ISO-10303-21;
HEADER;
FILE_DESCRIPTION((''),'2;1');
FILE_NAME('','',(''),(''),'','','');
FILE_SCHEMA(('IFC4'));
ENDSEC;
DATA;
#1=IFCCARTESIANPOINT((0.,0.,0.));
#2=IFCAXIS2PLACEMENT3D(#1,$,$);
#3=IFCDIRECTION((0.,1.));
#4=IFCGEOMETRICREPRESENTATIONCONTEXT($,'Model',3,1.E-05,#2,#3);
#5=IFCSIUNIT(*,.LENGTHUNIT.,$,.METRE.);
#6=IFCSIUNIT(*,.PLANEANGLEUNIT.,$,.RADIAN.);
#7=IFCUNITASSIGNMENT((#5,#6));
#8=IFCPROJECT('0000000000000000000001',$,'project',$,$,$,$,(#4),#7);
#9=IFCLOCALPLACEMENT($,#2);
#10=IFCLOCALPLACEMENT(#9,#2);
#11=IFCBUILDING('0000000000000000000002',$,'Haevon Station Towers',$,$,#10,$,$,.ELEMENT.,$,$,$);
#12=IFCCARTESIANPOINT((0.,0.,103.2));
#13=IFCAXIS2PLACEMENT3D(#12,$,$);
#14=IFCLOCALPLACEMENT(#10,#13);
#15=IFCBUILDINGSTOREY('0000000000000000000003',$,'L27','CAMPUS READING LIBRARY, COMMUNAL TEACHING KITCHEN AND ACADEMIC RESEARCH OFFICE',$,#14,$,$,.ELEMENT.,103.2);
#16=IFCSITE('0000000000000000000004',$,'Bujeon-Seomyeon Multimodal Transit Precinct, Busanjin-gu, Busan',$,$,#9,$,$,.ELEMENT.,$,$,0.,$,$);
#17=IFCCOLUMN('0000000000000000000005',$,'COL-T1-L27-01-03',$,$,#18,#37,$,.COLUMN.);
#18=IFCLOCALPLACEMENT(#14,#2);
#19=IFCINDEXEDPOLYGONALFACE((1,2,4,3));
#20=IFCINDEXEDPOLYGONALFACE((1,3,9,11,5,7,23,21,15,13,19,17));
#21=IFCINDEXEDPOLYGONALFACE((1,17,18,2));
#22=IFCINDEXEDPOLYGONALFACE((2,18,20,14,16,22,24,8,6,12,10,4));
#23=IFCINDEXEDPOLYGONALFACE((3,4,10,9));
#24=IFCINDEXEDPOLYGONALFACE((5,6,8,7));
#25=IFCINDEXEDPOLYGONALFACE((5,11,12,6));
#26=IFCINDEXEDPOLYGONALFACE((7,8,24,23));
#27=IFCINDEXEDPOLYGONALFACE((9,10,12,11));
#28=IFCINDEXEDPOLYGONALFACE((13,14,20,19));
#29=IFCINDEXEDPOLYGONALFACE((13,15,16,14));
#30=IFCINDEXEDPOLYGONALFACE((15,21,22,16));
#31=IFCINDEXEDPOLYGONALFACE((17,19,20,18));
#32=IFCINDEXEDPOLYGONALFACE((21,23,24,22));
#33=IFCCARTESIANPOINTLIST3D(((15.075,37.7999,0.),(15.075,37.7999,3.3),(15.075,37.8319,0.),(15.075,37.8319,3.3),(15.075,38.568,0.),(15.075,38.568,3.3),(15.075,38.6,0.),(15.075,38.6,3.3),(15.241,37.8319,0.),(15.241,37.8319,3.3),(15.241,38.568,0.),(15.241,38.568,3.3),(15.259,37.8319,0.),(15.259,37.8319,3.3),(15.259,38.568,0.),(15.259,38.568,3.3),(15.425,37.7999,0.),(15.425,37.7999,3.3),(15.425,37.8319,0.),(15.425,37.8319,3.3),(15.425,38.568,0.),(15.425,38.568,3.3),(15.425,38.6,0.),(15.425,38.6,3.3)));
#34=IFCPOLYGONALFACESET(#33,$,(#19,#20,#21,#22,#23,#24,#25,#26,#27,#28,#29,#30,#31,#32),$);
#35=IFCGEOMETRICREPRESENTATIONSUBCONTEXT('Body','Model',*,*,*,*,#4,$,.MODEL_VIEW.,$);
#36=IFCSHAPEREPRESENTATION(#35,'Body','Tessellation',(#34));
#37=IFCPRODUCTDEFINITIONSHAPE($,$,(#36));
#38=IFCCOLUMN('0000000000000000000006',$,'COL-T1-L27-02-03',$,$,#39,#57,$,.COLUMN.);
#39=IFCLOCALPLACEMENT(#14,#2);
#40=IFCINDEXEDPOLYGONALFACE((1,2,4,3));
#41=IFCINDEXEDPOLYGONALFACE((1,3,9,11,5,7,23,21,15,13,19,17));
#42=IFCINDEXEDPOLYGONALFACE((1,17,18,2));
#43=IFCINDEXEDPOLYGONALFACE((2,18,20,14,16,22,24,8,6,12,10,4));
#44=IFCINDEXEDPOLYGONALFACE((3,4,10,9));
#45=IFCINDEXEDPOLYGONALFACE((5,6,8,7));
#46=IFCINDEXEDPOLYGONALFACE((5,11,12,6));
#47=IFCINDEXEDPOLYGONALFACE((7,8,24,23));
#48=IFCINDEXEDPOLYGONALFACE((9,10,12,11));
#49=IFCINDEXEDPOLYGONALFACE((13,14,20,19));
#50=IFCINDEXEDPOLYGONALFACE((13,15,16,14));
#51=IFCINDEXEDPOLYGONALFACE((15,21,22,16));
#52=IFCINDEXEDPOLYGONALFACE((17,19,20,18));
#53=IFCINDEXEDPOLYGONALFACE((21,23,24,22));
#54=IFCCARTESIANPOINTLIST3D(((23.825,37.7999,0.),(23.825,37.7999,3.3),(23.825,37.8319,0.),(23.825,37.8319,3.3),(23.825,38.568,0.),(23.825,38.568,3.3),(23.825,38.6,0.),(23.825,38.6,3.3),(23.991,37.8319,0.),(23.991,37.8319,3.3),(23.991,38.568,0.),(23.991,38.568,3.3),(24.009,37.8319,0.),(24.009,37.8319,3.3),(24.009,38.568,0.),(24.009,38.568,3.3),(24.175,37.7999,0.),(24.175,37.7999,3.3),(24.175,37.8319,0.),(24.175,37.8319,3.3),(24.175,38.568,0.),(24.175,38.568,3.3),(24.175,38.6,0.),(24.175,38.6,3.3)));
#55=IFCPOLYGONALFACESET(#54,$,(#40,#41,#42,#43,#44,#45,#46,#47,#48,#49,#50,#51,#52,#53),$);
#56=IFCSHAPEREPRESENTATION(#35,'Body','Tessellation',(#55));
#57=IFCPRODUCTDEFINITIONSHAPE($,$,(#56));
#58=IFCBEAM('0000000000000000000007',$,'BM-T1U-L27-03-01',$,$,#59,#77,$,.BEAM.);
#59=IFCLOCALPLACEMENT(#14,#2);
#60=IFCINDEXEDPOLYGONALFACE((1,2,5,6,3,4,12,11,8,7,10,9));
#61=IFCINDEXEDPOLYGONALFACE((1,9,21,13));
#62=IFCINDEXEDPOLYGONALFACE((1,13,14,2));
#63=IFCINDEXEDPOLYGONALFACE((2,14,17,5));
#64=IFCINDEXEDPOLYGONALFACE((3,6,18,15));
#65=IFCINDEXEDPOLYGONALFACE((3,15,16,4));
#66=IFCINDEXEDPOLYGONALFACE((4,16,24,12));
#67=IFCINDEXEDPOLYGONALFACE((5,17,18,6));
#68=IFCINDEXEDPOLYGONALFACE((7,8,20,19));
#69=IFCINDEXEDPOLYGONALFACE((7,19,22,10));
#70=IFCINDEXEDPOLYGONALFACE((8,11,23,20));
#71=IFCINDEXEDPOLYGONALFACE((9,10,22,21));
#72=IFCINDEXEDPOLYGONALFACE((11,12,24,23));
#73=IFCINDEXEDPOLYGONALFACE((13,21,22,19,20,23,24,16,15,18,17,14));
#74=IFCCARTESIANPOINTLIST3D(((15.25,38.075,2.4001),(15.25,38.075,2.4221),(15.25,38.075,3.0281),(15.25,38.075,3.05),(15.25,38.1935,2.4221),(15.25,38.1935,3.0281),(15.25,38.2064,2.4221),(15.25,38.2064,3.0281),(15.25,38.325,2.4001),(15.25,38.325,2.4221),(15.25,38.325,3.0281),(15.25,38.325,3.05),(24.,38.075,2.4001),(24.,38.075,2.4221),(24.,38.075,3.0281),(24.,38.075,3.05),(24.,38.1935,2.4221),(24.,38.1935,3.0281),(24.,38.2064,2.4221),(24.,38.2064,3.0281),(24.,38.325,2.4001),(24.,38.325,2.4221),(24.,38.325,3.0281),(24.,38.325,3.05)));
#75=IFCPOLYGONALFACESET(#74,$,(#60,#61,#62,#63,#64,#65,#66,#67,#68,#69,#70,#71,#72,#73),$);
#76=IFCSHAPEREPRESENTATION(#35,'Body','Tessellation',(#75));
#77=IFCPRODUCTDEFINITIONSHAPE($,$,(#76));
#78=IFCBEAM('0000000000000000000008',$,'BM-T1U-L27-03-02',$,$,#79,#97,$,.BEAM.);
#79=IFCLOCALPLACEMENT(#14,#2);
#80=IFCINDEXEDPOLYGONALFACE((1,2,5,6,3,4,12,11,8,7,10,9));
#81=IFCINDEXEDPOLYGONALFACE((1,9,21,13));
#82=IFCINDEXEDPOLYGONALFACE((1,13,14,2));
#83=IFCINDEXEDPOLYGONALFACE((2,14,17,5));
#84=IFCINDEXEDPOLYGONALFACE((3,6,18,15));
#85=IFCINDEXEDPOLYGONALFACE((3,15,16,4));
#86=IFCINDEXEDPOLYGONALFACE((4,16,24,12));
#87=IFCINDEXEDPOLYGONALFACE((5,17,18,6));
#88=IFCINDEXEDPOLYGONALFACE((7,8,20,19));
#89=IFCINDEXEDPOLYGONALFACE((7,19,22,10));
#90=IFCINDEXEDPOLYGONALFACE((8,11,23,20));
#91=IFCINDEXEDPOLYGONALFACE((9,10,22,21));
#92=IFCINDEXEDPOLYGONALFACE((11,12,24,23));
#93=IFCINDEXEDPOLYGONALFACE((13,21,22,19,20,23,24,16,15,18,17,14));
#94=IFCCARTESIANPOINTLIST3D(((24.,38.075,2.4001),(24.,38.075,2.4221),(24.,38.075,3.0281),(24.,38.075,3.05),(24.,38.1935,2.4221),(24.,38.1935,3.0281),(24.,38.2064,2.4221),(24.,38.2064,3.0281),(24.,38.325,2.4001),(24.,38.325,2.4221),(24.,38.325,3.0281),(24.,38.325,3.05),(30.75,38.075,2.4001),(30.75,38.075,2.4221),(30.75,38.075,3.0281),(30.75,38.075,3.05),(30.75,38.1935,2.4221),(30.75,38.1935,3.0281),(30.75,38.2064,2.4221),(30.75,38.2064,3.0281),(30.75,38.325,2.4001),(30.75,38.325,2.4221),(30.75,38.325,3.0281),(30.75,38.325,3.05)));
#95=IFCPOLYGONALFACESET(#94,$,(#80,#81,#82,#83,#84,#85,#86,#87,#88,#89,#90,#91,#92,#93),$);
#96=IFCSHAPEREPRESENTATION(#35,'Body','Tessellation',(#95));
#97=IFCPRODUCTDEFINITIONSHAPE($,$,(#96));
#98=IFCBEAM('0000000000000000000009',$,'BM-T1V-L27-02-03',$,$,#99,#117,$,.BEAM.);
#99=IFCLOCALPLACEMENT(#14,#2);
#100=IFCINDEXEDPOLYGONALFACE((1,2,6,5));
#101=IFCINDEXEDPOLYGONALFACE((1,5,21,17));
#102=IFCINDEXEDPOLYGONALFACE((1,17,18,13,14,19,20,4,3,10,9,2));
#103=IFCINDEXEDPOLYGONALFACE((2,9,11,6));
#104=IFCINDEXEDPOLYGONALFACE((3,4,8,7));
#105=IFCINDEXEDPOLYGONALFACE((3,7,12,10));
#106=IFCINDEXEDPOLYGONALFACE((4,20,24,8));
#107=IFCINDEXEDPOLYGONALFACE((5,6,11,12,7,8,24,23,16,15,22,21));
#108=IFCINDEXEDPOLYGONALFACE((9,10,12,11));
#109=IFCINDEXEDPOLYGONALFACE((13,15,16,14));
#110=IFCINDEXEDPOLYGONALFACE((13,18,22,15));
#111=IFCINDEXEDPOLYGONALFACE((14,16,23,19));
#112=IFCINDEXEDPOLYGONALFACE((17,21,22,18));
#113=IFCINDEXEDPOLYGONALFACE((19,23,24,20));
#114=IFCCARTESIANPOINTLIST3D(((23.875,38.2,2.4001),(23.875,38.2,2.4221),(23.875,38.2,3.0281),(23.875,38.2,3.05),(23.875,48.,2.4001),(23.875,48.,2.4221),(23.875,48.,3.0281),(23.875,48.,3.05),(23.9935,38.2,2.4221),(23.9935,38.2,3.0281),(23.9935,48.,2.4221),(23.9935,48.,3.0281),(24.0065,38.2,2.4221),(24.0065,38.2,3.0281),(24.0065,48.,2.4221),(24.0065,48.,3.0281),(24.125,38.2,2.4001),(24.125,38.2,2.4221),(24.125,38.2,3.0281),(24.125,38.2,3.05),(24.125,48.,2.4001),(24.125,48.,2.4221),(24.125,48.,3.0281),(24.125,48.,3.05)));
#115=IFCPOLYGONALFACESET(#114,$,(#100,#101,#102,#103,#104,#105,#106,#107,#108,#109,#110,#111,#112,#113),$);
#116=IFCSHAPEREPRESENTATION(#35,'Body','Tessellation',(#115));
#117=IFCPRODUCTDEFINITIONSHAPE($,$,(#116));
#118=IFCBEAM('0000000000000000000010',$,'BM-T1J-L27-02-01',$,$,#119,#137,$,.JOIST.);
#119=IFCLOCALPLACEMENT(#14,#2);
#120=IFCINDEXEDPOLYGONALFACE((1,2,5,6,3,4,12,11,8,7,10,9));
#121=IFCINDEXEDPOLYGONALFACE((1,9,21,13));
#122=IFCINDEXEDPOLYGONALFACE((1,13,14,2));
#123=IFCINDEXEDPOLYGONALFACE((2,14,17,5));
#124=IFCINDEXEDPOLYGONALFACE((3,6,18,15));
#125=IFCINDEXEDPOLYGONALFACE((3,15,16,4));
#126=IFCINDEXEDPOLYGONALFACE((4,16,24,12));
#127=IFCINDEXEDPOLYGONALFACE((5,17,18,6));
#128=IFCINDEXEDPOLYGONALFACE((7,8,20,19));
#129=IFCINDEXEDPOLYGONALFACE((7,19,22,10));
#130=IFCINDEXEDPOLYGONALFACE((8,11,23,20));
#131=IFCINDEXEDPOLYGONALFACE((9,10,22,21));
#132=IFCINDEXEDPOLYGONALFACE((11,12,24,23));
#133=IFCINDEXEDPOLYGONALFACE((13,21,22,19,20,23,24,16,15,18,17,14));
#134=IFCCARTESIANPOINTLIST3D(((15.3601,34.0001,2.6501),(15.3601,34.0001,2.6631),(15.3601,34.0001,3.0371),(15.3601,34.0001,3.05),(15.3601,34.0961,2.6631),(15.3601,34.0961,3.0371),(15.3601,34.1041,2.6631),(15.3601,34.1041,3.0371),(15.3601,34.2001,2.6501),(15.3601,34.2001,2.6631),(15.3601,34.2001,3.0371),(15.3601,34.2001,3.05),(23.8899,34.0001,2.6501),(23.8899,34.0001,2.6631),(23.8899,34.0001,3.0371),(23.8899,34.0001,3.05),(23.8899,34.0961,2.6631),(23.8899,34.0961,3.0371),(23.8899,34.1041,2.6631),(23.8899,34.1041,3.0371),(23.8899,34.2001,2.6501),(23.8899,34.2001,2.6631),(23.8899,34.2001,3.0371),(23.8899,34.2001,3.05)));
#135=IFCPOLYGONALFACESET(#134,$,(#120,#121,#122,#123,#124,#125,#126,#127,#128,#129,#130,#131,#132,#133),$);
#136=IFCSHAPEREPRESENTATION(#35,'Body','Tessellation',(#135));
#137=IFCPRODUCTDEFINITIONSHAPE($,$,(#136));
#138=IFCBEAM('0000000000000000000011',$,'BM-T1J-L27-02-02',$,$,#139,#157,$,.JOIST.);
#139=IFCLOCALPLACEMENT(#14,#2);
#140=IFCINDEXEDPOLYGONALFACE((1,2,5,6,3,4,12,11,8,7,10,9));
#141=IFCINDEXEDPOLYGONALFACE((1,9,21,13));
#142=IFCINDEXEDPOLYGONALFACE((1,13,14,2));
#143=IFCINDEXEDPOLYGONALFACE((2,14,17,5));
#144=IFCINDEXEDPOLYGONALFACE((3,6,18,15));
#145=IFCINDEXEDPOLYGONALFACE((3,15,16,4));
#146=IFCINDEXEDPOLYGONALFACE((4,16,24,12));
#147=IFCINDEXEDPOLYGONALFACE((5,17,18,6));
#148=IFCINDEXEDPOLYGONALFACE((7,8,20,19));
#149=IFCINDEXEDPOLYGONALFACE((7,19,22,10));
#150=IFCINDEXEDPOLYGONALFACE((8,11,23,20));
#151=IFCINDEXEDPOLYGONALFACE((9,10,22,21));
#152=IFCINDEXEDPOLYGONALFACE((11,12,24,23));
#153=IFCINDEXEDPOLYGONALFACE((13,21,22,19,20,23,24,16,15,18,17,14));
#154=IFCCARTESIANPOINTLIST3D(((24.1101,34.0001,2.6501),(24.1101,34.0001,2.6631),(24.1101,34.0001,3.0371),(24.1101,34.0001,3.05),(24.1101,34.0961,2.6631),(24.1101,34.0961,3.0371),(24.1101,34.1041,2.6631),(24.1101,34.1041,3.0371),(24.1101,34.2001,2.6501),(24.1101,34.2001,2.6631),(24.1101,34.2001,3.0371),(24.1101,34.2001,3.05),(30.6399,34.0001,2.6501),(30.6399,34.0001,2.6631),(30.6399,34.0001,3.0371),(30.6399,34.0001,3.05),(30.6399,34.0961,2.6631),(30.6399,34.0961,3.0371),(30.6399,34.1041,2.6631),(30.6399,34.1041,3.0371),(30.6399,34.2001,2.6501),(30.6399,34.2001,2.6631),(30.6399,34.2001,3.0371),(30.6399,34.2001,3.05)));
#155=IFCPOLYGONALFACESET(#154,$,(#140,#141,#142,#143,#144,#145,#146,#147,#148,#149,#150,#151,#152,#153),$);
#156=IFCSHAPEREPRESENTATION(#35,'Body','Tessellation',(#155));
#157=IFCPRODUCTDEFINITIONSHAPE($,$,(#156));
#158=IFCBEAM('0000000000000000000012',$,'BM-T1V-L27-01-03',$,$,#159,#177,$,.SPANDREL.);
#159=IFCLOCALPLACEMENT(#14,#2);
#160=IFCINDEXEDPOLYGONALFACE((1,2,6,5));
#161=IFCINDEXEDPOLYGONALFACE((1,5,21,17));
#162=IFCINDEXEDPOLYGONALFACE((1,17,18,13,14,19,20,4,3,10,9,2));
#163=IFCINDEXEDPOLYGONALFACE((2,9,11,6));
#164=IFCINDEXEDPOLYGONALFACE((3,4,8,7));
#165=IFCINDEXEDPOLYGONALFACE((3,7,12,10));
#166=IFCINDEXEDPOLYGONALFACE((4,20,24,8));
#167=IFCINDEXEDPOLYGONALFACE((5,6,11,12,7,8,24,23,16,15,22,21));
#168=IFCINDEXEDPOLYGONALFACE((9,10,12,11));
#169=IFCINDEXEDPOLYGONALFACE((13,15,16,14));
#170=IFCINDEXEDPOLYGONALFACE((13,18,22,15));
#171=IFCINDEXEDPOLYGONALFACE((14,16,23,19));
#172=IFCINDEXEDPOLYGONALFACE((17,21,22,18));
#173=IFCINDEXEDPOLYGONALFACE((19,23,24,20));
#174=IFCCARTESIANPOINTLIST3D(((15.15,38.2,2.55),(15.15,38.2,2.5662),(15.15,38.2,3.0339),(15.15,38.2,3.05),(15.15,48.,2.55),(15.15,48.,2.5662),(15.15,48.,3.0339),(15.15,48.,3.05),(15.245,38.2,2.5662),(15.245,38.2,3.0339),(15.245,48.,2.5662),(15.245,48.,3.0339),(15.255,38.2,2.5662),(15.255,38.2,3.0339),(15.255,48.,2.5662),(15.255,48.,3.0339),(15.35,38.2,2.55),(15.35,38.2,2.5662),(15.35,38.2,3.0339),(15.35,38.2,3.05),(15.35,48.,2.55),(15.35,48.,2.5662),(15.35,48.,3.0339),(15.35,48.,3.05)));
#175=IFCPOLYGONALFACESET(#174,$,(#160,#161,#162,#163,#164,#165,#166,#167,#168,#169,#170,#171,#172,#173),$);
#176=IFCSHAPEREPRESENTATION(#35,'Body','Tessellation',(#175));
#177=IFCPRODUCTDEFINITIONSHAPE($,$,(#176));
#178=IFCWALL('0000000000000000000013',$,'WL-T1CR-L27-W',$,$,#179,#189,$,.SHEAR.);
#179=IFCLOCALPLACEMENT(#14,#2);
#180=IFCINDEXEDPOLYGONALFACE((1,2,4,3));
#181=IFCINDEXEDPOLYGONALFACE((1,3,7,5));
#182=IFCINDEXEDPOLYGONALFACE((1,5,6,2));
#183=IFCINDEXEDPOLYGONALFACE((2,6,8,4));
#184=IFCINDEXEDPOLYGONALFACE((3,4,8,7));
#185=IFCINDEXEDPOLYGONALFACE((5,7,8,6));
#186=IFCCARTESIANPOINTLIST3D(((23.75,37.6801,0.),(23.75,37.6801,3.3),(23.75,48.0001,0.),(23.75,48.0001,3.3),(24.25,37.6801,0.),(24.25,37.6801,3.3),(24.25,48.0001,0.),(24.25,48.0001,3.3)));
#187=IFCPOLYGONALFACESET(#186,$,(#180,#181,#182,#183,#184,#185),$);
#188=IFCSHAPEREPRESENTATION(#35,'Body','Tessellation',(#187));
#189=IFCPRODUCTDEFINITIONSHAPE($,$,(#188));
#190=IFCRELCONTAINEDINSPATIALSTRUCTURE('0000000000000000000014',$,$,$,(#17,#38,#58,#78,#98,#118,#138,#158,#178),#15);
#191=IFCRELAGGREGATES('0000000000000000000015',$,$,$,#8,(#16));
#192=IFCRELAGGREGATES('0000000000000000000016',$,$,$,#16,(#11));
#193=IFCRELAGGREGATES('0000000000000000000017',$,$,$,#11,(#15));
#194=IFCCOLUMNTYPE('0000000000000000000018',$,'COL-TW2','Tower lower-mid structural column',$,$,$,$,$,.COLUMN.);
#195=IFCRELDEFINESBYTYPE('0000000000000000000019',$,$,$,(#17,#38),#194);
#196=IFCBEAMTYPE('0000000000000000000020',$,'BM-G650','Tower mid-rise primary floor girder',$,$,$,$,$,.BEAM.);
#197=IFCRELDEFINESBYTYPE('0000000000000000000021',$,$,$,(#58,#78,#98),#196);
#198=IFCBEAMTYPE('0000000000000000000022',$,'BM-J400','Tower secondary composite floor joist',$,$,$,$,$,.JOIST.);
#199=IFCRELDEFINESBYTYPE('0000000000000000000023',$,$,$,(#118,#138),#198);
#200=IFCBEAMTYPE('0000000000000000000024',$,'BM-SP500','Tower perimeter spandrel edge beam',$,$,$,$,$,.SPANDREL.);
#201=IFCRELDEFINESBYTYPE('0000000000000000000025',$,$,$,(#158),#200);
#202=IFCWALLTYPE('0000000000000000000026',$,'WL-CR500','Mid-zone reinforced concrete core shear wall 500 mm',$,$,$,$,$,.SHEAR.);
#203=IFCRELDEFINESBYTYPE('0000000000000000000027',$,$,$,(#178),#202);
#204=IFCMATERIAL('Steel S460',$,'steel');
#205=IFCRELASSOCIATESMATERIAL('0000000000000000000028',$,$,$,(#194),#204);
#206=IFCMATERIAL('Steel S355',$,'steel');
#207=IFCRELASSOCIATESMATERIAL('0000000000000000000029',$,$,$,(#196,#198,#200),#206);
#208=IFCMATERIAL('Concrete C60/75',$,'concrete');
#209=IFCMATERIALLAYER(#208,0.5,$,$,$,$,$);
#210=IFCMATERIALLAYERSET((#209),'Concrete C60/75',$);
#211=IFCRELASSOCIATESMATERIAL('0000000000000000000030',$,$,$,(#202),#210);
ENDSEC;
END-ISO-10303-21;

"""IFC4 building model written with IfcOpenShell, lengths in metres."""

from ifc_helpers import new_model, si_unit, direction, frame, frame_2d, origin, origin_2d, place, context, subcontext, project, spatial, rectangle, i_section, extrude, material, layer, layer_set, material_profile, profile_set, type_object, element, save


model = new_model("IFC4")

# Units and contexts
model_context = context("Model", 3, precision=1e-05, world=origin(), true_north=direction((0.0, 1.0)))
body_context = subcontext(model_context, "Body", "Model", "MODEL_VIEW")
ifc_project = project(units=[si_unit("LENGTHUNIT", "METRE"), si_unit("PLANEANGLEUNIT", "RADIAN")], contexts=[model_context])

# Site, building, storey
site_placement = place(None, origin())
site = spatial("IfcSite", under=ifc_project, at=site_placement, Name="Bujeon-Seomyeon Multimodal Transit Precinct, Busanjin-gu, Busan", CompositionType="ELEMENT", RefElevation=0.0)
building_placement = place(site_placement, origin())
building = spatial("IfcBuilding", under=site, at=building_placement, Name="Haevon Station Towers", CompositionType="ELEMENT")
storey_placement = place(building_placement, frame((0.0, 0.0, 103.2)))
storey = spatial("IfcBuildingStorey", under=building, at=storey_placement, Name="L27", Description="CAMPUS READING LIBRARY, COMMUNAL TEACHING KITCHEN AND ACADEMIC RESEARCH OFFICE", CompositionType="ELEMENT", Elevation=103.2)

# Columns
ifc_material_1 = material(Name="Steel S460", Category="steel")
ifc_material_profile_1 = material_profile(ifc_material_1, i_section(OverallWidth=0.3501, OverallDepth=0.8, WebThickness=0.0181, FlangeThickness=0.032, at=origin_2d()), Name="H-800x350x18x32")
ifc_profile_set_1 = profile_set([ifc_material_profile_1], Name="Steel S460")
column_type = type_object("IfcColumnType", Name="COL-TW2", Description="Tower lower-mid structural column", PredefinedType="COLUMN", material=ifc_profile_set_1)
for number, where, z_axis, x_axis, name in (
    (1, (15.25, 38.2, 0.0), (0.0, 0.0, 1.0), (1.0, 0.0, 0.0), "COL-T1-L27-01-03"),
    (2, (24.0, 38.2, 0.0), (0.0, 0.0, 1.0), (1.0, 0.0, 0.0), "COL-T1-L27-02-03"),
):
    element("IfcColumn", number, at=place(storey_placement, frame(where, z_axis=z_axis, x_axis=x_axis)), inside=storey, type_object=column_type, Name=name, PredefinedType="COLUMN", context=body_context, shape_type="SweptSolid", body=[
        extrude(i_section(OverallWidth=0.3501, OverallDepth=0.8, WebThickness=0.0181, FlangeThickness=0.032, at=origin_2d()), origin(), (0.0, 0.0, 1.0), 3.3),
    ])

# Beams
ifc_material_2 = material(Name="Steel S355", Category="steel")
ifc_material_profile_2 = material_profile(ifc_material_2, i_section(OverallWidth=0.25, OverallDepth=0.6499, WebThickness=0.0129, FlangeThickness=0.022, at=origin_2d()), Name="H-650x250x13x22")
ifc_profile_set_2 = profile_set([ifc_material_profile_2], Name="Steel S355")
beam_type_1 = type_object("IfcBeamType", Name="BM-G650", Description="Tower mid-rise primary floor girder", PredefinedType="BEAM", material=ifc_profile_set_2)
beam_1_placement = place(storey_placement, frame((15.25, 38.2, 2.7251), z_axis=(1.0, 0.0, 0.0), x_axis=(0.0, 1.0, 0.0)))
element("IfcBeam", 3, at=beam_1_placement, inside=storey, type_object=beam_type_1, Name="BM-T1U-L27-03-01", PredefinedType="BEAM", context=body_context, shape_type="SweptSolid", body=[
    extrude(i_section(OverallWidth=0.25, OverallDepth=0.6499, WebThickness=0.0129, FlangeThickness=0.022, at=origin_2d()), origin(), (0.0, 0.0, 1.0), 8.75),
])
beam_2_placement = place(storey_placement, frame((24.0, 38.2, 2.7251), z_axis=(1.0, 0.0, 0.0), x_axis=(0.0, 1.0, 0.0)))
element("IfcBeam", 4, at=beam_2_placement, inside=storey, type_object=beam_type_1, Name="BM-T1U-L27-03-02", PredefinedType="BEAM", context=body_context, shape_type="SweptSolid", body=[
    extrude(i_section(OverallWidth=0.25, OverallDepth=0.6499, WebThickness=0.0129, FlangeThickness=0.022, at=origin_2d()), origin(), (0.0, 0.0, 1.0), 6.75),
])
beam_3_placement = place(storey_placement, frame((24.0, 38.2, 2.7251), z_axis=(0.0, 1.0, 0.0), x_axis=(-1.0, 0.0, 0.0)))
element("IfcBeam", 5, at=beam_3_placement, inside=storey, type_object=beam_type_1, Name="BM-T1V-L27-02-03", PredefinedType="BEAM", context=body_context, shape_type="SweptSolid", body=[
    extrude(i_section(OverallWidth=0.25, OverallDepth=0.6499, WebThickness=0.0129, FlangeThickness=0.022, at=origin_2d()), origin(), (0.0, 0.0, 1.0), 9.8),
])
ifc_material_profile_3 = material_profile(ifc_material_2, i_section(OverallWidth=0.2, OverallDepth=0.3999, WebThickness=0.0081, FlangeThickness=0.0129, at=origin_2d()), Name="H-400x200x8x13")
ifc_profile_set_3 = profile_set([ifc_material_profile_3], Name="Steel S355")
beam_type_2 = type_object("IfcBeamType", Name="BM-J400", Description="Tower secondary composite floor joist", PredefinedType="JOIST", material=ifc_profile_set_3)
beam_4_placement = place(storey_placement, frame((15.3601, 34.1001, 2.8501), z_axis=(1.0, 0.0, 0.0), x_axis=(0.0, 1.0, 0.0)))
element("IfcBeam", 6, at=beam_4_placement, inside=storey, type_object=beam_type_2, Name="BM-T1J-L27-02-01", PredefinedType="JOIST", context=body_context, shape_type="SweptSolid", body=[
    extrude(i_section(OverallWidth=0.2, OverallDepth=0.3999, WebThickness=0.0081, FlangeThickness=0.0129, at=origin_2d()), origin(), (0.0, 0.0, 1.0), 8.5298),
])
beam_5_placement = place(storey_placement, frame((24.1101, 34.1001, 2.8501), z_axis=(1.0, 0.0, 0.0), x_axis=(0.0, 1.0, 0.0)))
element("IfcBeam", 7, at=beam_5_placement, inside=storey, type_object=beam_type_2, Name="BM-T1J-L27-02-02", PredefinedType="JOIST", context=body_context, shape_type="SweptSolid", body=[
    extrude(i_section(OverallWidth=0.2, OverallDepth=0.3999, WebThickness=0.0081, FlangeThickness=0.0129, at=origin_2d()), origin(), (0.0, 0.0, 1.0), 6.5298),
])
ifc_material_profile_4 = material_profile(ifc_material_2, i_section(OverallWidth=0.2, OverallDepth=0.5, WebThickness=0.01, FlangeThickness=0.0161, at=origin_2d()), Name="H-500x200x10x16")
ifc_profile_set_4 = profile_set([ifc_material_profile_4], Name="Steel S355")
beam_type_3 = type_object("IfcBeamType", Name="BM-SP500", Description="Tower perimeter spandrel edge beam", PredefinedType="SPANDREL", material=ifc_profile_set_4)
beam_6_placement = place(storey_placement, frame((15.25, 38.2, 2.8), z_axis=(0.0, 1.0, 0.0), x_axis=(-1.0, 0.0, 0.0)))
element("IfcBeam", 8, at=beam_6_placement, inside=storey, type_object=beam_type_3, Name="BM-T1V-L27-01-03", PredefinedType="SPANDREL", context=body_context, shape_type="SweptSolid", body=[
    extrude(i_section(OverallWidth=0.2, OverallDepth=0.5, WebThickness=0.01, FlangeThickness=0.0161, at=origin_2d()), origin(), (0.0, 0.0, 1.0), 9.8),
])

# Wall
ifc_material_3 = material(Name="Concrete C60/75", Category="concrete")
ifc_layer_1 = layer(ifc_material_3, 0.5)
ifc_layer_set_1 = layer_set([ifc_layer_1], Name="Concrete C60/75")
wall_type_1 = type_object("IfcWallType", Name="WL-CR500", Description="Mid-zone reinforced concrete core shear wall 500 mm", PredefinedType="SHEAR", material=ifc_layer_set_1)
wall_1_placement = place(storey_placement, frame((24.0, 37.6799, 0.0), z_axis=(0.0, 0.0, 1.0), x_axis=(0.0, 1.0, 0.0)))
element("IfcWall", 9, at=wall_1_placement, inside=storey, type_object=wall_type_1, Name="WL-T1CR-L27-W", PredefinedType="SHEAR", context=body_context, shape_type="SweptSolid", body=[
    extrude(rectangle(XDim=10.3201, YDim=0.5, at=frame_2d((5.1602, 0.0))), origin(), (0.0, 0.0, 1.0), 3.3),
])

save(model, "model.ifc")
